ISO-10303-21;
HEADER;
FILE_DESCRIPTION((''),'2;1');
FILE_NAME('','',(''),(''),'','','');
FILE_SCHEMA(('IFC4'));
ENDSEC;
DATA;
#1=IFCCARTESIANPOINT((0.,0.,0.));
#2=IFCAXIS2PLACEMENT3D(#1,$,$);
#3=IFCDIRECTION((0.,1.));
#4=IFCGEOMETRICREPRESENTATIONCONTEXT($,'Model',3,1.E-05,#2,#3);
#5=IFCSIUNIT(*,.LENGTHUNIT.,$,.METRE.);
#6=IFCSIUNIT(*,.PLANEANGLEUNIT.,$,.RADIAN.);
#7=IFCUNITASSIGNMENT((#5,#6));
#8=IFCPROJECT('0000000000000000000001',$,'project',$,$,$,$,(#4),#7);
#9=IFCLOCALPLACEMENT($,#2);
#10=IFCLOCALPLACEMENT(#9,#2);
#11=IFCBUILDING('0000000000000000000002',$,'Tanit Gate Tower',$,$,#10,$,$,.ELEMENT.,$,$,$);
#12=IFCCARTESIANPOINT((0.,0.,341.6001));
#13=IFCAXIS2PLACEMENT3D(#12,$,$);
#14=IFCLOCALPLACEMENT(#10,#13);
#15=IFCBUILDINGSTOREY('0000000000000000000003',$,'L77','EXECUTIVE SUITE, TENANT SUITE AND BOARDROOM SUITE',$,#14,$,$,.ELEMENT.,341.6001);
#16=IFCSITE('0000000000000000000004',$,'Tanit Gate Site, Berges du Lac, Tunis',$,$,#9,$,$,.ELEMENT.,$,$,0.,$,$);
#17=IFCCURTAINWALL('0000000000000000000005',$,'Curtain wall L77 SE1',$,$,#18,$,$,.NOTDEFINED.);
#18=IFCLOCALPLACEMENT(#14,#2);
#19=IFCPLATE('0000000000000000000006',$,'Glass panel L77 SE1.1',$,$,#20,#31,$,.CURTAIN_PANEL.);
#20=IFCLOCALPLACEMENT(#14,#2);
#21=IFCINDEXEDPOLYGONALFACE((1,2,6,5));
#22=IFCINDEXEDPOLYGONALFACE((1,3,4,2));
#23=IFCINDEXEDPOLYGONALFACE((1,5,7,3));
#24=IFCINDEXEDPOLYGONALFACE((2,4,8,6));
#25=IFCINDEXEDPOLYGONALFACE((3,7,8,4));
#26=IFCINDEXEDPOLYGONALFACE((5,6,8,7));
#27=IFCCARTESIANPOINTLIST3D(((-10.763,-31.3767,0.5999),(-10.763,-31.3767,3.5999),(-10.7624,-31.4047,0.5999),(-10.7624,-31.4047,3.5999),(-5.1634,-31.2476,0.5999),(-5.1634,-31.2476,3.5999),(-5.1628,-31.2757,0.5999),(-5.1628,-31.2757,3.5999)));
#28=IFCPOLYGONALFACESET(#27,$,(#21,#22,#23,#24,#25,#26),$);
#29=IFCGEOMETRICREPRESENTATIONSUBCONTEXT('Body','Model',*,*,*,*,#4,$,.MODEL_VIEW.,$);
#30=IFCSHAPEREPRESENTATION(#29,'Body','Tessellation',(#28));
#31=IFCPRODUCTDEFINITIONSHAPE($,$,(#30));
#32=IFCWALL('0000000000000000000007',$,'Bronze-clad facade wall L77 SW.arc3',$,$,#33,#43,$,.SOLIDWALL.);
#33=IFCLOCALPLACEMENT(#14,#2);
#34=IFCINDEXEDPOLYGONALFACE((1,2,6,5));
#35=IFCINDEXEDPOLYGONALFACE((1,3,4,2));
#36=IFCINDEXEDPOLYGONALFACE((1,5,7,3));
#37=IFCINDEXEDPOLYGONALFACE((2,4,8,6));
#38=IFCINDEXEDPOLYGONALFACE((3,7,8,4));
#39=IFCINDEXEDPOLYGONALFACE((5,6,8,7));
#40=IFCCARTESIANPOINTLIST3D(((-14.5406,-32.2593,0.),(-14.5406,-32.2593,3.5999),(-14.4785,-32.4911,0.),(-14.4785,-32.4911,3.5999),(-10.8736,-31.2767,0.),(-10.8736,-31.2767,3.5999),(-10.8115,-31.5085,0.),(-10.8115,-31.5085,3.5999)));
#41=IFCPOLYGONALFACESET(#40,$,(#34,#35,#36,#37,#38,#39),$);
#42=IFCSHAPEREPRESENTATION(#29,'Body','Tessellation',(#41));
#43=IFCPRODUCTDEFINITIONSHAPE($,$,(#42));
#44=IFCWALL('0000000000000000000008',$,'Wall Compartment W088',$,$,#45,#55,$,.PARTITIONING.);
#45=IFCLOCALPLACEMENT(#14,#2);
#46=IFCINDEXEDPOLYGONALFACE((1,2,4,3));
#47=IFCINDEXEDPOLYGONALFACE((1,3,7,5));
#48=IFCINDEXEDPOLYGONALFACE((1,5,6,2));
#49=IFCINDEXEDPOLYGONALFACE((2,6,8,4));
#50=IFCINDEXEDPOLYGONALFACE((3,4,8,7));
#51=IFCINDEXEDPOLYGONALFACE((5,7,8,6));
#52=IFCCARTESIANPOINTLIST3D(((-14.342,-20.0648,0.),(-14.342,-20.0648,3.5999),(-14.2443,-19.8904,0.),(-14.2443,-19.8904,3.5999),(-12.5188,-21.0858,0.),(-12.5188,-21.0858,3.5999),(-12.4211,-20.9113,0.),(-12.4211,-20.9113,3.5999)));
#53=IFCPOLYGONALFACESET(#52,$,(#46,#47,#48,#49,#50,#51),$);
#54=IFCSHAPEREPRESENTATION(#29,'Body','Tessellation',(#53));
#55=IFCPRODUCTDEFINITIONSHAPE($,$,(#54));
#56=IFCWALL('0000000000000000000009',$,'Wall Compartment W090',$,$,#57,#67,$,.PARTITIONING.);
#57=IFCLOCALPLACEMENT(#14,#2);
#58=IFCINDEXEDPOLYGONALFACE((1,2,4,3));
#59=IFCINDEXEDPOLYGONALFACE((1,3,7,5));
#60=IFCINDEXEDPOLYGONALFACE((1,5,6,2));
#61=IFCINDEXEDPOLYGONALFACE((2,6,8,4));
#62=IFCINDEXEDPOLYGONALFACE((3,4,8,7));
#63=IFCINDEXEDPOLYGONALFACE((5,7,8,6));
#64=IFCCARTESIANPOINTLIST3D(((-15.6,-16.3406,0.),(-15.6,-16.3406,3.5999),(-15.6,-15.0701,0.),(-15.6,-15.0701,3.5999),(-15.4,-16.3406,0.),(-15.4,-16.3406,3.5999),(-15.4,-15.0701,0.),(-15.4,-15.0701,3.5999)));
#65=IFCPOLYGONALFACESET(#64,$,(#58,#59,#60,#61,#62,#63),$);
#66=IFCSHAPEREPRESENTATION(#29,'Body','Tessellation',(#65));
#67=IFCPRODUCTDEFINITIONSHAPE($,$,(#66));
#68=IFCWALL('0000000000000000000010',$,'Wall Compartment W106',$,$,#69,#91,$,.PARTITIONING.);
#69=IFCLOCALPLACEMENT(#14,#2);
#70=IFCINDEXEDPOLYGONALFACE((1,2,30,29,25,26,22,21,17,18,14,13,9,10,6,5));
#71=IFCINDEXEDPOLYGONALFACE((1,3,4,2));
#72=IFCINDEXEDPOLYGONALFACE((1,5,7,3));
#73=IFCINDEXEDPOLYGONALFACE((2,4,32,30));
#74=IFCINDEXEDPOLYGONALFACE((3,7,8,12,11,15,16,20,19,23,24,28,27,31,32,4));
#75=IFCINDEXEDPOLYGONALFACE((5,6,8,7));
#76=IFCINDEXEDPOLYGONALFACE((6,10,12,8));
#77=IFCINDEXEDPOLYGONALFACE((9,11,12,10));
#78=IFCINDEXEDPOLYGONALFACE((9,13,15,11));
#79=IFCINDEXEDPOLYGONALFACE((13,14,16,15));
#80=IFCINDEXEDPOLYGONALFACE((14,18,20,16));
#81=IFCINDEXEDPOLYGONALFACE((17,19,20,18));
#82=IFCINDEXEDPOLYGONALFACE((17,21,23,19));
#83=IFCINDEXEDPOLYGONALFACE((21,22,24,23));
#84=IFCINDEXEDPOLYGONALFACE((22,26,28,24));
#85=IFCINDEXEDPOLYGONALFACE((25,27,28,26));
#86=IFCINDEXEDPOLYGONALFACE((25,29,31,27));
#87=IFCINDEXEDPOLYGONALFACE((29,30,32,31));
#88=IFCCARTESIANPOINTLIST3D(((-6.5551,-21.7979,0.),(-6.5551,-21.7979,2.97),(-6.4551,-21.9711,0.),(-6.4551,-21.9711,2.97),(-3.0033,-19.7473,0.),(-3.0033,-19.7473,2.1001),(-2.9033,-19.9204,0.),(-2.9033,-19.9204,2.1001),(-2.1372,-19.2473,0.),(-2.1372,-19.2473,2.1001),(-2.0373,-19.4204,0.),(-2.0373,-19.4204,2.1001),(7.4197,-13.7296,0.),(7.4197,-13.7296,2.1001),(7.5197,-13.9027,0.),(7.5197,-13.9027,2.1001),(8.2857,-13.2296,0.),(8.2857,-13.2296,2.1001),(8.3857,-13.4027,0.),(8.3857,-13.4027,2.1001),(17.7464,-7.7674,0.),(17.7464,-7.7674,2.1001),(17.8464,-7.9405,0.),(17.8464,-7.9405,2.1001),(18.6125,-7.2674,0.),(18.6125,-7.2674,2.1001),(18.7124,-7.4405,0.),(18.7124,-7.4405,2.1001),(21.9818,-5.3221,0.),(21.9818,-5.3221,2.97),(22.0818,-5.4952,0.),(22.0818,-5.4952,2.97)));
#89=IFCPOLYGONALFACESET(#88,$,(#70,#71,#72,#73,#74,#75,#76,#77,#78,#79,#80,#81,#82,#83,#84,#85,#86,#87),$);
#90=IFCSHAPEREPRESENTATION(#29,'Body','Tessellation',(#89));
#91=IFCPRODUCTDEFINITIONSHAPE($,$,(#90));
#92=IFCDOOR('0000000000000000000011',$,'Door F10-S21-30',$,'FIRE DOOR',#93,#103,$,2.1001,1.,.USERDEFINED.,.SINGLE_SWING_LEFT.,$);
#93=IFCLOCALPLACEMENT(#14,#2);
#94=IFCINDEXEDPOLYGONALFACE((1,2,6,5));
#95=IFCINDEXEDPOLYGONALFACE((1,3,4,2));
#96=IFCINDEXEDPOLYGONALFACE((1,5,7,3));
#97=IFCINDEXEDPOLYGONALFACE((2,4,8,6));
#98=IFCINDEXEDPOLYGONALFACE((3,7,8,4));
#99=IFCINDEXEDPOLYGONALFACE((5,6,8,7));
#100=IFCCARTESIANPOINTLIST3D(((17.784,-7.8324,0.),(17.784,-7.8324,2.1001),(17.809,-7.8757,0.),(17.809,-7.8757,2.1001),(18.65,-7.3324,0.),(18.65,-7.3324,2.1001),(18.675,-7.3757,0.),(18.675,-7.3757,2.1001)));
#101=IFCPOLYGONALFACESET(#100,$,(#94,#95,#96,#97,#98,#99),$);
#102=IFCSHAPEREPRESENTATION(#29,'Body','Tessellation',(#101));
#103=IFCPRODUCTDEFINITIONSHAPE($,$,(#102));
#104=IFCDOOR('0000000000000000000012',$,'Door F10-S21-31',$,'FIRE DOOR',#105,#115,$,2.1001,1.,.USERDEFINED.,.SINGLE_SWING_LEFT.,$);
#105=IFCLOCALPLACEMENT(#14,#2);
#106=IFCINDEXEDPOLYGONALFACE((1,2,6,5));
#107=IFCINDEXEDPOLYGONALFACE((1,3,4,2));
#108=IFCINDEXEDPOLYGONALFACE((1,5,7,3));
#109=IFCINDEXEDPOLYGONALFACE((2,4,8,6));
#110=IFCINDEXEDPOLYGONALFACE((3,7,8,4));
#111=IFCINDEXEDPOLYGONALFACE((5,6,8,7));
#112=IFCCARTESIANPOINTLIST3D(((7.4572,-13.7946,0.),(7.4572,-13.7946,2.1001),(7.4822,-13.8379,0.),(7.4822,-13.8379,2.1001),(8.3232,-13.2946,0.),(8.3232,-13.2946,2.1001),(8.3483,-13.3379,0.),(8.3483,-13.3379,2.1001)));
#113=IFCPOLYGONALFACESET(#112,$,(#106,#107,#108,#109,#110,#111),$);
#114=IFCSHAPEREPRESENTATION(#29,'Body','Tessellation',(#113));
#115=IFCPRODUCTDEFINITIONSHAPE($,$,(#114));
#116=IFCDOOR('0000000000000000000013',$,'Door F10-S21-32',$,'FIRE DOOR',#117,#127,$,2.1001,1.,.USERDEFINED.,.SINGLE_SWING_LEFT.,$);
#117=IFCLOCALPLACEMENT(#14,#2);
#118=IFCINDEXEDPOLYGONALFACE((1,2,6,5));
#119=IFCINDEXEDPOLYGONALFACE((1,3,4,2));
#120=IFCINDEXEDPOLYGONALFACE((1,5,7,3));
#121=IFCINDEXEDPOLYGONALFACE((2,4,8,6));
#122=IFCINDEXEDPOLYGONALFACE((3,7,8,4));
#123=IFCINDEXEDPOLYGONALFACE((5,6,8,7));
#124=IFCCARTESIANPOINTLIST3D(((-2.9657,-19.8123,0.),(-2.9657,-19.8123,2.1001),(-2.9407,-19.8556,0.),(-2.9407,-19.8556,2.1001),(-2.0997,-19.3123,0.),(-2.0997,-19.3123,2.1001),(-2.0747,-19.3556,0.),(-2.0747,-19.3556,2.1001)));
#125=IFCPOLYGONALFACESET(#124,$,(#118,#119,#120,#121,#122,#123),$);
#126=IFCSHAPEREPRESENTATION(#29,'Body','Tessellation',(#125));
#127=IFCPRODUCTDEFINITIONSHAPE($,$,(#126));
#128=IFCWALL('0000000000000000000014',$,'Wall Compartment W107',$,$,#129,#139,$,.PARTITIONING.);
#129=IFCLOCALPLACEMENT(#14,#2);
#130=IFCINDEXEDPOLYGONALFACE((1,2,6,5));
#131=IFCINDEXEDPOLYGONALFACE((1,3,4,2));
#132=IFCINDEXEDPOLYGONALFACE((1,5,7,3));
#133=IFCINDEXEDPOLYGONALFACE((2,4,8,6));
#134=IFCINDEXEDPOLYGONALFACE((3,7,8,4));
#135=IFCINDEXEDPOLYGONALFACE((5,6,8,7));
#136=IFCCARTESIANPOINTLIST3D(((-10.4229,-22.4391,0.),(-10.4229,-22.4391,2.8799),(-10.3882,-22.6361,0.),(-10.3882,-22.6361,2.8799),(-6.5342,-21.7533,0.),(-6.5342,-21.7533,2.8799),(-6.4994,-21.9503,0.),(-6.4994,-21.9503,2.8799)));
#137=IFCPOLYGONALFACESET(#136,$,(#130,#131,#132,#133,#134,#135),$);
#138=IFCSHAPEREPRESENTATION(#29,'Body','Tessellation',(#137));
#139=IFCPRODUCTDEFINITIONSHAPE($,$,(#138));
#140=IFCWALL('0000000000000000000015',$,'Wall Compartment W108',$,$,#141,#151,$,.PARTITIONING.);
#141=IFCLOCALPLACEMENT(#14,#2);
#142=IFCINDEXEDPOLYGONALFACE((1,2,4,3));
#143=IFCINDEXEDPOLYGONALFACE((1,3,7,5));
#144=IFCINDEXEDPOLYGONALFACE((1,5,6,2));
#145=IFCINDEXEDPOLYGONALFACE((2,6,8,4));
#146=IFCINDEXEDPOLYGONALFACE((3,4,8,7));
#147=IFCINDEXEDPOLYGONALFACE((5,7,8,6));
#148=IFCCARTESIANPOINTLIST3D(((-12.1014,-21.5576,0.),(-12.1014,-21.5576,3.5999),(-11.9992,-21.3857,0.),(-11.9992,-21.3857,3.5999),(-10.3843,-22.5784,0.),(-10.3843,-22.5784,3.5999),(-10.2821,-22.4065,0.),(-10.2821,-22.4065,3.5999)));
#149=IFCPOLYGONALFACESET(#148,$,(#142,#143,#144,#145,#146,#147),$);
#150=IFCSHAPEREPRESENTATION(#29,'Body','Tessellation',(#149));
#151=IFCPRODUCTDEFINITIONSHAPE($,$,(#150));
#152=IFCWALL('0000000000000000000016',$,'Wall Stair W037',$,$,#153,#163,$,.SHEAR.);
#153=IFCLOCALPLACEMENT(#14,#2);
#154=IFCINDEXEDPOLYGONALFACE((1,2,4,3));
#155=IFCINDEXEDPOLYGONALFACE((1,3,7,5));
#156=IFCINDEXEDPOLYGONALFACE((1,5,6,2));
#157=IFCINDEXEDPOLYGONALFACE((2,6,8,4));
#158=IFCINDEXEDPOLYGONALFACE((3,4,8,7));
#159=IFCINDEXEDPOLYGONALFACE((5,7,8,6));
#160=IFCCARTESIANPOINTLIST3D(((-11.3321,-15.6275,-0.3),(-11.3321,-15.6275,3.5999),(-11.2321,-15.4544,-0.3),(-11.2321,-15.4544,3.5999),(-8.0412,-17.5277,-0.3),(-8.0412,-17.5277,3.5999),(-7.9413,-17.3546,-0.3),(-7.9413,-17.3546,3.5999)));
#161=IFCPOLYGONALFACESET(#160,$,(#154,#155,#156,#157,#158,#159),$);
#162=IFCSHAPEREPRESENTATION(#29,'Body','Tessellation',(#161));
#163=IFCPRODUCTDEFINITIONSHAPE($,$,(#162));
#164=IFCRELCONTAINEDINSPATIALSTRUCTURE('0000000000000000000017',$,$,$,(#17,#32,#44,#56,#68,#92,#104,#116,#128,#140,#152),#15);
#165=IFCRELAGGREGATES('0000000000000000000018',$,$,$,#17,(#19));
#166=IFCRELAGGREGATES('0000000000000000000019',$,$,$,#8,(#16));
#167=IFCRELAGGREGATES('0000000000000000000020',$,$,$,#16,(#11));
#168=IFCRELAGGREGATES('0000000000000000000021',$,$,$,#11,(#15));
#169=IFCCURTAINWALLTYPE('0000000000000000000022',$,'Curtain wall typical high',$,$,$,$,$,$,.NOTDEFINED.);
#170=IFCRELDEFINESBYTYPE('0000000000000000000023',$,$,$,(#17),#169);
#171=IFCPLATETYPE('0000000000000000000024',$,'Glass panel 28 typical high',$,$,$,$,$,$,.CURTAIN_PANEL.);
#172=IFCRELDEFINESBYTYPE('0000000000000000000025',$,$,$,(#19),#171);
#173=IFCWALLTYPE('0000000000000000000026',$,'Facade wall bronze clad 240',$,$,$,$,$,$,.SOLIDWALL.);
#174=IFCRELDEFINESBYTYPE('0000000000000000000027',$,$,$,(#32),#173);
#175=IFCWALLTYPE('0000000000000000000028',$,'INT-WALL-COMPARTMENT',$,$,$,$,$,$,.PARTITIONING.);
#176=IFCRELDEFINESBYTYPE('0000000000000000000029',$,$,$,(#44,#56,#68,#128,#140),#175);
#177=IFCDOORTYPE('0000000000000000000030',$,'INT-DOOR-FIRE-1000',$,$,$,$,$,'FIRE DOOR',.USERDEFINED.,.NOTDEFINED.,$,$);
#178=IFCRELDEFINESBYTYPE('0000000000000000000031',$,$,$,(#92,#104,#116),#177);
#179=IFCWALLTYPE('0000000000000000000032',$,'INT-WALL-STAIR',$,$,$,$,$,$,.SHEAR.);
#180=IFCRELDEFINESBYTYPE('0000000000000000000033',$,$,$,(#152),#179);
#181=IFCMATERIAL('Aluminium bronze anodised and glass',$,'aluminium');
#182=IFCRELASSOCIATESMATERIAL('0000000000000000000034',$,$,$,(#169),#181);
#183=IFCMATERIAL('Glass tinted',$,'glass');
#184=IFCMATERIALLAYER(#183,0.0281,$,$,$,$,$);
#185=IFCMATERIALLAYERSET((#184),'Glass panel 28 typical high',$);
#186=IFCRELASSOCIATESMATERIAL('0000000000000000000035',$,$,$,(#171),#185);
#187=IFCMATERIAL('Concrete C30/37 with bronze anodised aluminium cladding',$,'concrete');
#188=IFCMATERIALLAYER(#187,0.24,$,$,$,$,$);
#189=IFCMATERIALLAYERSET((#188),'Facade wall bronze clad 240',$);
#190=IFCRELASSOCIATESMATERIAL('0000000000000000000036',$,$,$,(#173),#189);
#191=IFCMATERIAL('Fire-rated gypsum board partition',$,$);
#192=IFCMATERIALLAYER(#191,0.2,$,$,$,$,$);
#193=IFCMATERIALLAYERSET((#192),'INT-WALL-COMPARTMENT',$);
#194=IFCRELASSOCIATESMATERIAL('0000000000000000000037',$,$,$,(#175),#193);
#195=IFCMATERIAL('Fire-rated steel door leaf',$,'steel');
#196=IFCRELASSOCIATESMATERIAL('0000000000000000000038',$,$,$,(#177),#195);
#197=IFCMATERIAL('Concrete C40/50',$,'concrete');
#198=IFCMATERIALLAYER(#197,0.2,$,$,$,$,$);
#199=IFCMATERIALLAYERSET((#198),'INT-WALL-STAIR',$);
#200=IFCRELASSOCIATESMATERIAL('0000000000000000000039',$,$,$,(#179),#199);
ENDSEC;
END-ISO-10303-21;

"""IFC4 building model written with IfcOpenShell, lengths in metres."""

from ifc_helpers import new_model, si_unit, direction, frame, frame_2d, origin, origin_2d, place, context, subcontext, project, spatial, rectangle, extrude, material, layer, layer_set, type_object, element, fill, aggregate, save


model = new_model("IFC4")

# Units and contexts
model_context = context("Model", 3, precision=1e-05, world=origin(), true_north=direction((0.0, 1.0)))
body_context = subcontext(model_context, "Body", "Model", "MODEL_VIEW")
ifc_project = project(units=[si_unit("LENGTHUNIT", "METRE"), si_unit("PLANEANGLEUNIT", "RADIAN")], contexts=[model_context])

# Site, building, storey
site_placement = place(None, origin())
site = spatial("IfcSite", under=ifc_project, at=site_placement, Name="Tanit Gate Site, Berges du Lac, Tunis", CompositionType="ELEMENT", RefElevation=0.0)
building_placement = place(site_placement, origin())
building = spatial("IfcBuilding", under=site, at=building_placement, Name="Tanit Gate Tower", CompositionType="ELEMENT")
storey_placement = place(building_placement, frame((0.0, 0.0, 341.6001)))
storey = spatial("IfcBuildingStorey", under=building, at=storey_placement, Name="L77", Description="EXECUTIVE SUITE, TENANT SUITE AND BOARDROOM SUITE", CompositionType="ELEMENT", Elevation=341.6001)

# Curtain wall
ifc_material_1 = material(Name="Aluminium bronze anodised and glass", Category="aluminium")
curtain_wall_type = type_object("IfcCurtainWallType", Name="Curtain wall typical high", PredefinedType="NOTDEFINED", material=ifc_material_1)
curtain_wall_placement = place(storey_placement, origin())
curtain_wall = element("IfcCurtainWall", 1, at=curtain_wall_placement, inside=storey, type_object=curtain_wall_type, Name="Curtain wall L77 SE1", PredefinedType="NOTDEFINED")

# Plate
ifc_material_2 = material(Name="Glass tinted", Category="glass")
ifc_layer_1 = layer(ifc_material_2, 0.0281)
ifc_layer_set_1 = layer_set([ifc_layer_1], Name="Glass panel 28 typical high")
plate_type = type_object("IfcPlateType", Name="Glass panel 28 typical high", PredefinedType="CURTAIN_PANEL", material=ifc_layer_set_1)
plate_placement = place(storey_placement, frame((-7.9629, -31.3262, 0.5999), z_axis=(0.0, 0.0, 1.0), x_axis=(0.999735, 0.02304, 0.0)))
plate = element("IfcPlate", 2, at=plate_placement, type_object=plate_type, Name="Glass panel L77 SE1.1", PredefinedType="CURTAIN_PANEL", context=body_context, shape_type="SweptSolid", body=[
    extrude(rectangle(XDim=5.6011, YDim=0.0281, at=origin_2d()), origin(), (0.0, 0.0, 1.0), 3.0),
])
aggregate(curtain_wall, [plate])

# Walls
ifc_material_3 = material(Name="Concrete C30/37 with bronze anodised aluminium cladding", Category="concrete")
ifc_layer_2 = layer(ifc_material_3, 0.24)
ifc_layer_set_2 = layer_set([ifc_layer_2], Name="Facade wall bronze clad 240")
wall_type_1 = type_object("IfcWallType", Name="Facade wall bronze clad 240", PredefinedType="SOLIDWALL", material=ifc_layer_set_2)
wall_1_placement = place(storey_placement, frame((-14.5095, -32.3752, 0.0), z_axis=(0.0, 0.0, 1.0), x_axis=(0.965919, 0.258843, 0.0)))
element("IfcWall", 3, at=wall_1_placement, inside=storey, type_object=wall_type_1, Name="Bronze-clad facade wall L77 SW.arc3", PredefinedType="SOLIDWALL", context=body_context, shape_type="SweptSolid", body=[
    extrude(rectangle(XDim=3.7964, YDim=0.24, at=frame_2d((1.8982, 0.0))), origin(), (0.0, 0.0, 1.0), 3.5999),
])
ifc_material_4 = material(Name="Fire-rated gypsum board partition")
ifc_layer_3 = layer(ifc_material_4, 0.2)
ifc_layer_set_3 = layer_set([ifc_layer_3], Name="INT-WALL-COMPARTMENT")
wall_type_2 = type_object("IfcWallType", Name="INT-WALL-COMPARTMENT", PredefinedType="PARTITIONING", material=ifc_layer_set_3)
wall_2_placement = place(storey_placement, frame((-14.2932, -19.9775, 0.0), z_axis=(0.0, 0.0, 1.0), x_axis=(0.87251, -0.488596, 0.0)))
element("IfcWall", 4, at=wall_2_placement, inside=storey, type_object=wall_type_2, Name="Wall Compartment W088", PredefinedType="PARTITIONING", context=body_context, shape_type="SweptSolid", body=[
    extrude(rectangle(XDim=2.0896, YDim=0.2, at=frame_2d((1.0449, 0.0))), origin(), (0.0, 0.0, 1.0), 3.5999),
])
wall_3_placement = place(storey_placement, frame((-15.5, -15.0701, 0.0), z_axis=(0.0, 0.0, 1.0), x_axis=(0.0, -1.0, 0.0)))
element("IfcWall", 5, at=wall_3_placement, inside=storey, type_object=wall_type_2, Name="Wall Compartment W090", PredefinedType="PARTITIONING", context=body_context, shape_type="SweptSolid", body=[
    extrude(rectangle(XDim=1.2705, YDim=0.2, at=frame_2d((0.6353, 0.0))), origin(), (0.0, 0.0, 1.0), 3.5999),
])

# Wall, openings, doors
wall_4_placement = place(storey_placement, frame((-6.5051, -21.8845, 0.0), z_axis=(0.0, 0.0, 1.0), x_axis=(0.866025, 0.500001, 0.0)))
wall_4 = element("IfcWall", 6, at=wall_4_placement, inside=storey, type_object=wall_type_2, Name="Wall Compartment W106", PredefinedType="PARTITIONING", context=body_context, shape_type="SweptSolid", body=[
    extrude(rectangle(XDim=32.9517, YDim=0.2, at=frame_2d((16.4758, 0.0))), origin(), (0.0, 0.0, 1.0), 2.97),
])
opening_1_placement = place(wall_4_placement, frame((28.061, 0.0, 0.0)))
opening_1 = element("IfcOpeningElement", 7, at=opening_1_placement, cuts=wall_4, PredefinedType="OPENING", context=body_context, shape_type="SweptSolid", body=[
    extrude(rectangle(XDim=1.0, YDim=2.1001, at=frame_2d((0.5, 1.05))), frame((0.0, 0.1099, 0.0), z_axis=(0.0, -1.0, 0.0), x_axis=(1.0, 0.0, 0.0)), (0.0, 0.0, 1.0), 0.22),
])
opening_2_placement = place(wall_4_placement, frame((16.1367, 0.0, 0.0)))
opening_2 = element("IfcOpeningElement", 8, at=opening_2_placement, cuts=wall_4, PredefinedType="OPENING", context=body_context, shape_type="SweptSolid", body=[
    extrude(rectangle(XDim=1.0, YDim=2.1001, at=frame_2d((0.5, 1.05))), frame((0.0, 0.1099, 0.0), z_axis=(0.0, -1.0, 0.0), x_axis=(1.0, 0.0, 0.0)), (0.0, 0.0, 1.0), 0.22),
])
opening_3_placement = place(wall_4_placement, frame((4.1013, 0.0, 0.0)))
opening_3 = element("IfcOpeningElement", 9, at=opening_3_placement, cuts=wall_4, PredefinedType="OPENING", context=body_context, shape_type="SweptSolid", body=[
    extrude(rectangle(XDim=1.0, YDim=2.1001, at=frame_2d((0.5, 1.05))), frame((0.0, 0.1099, 0.0), z_axis=(0.0, -1.0, 0.0), x_axis=(1.0, 0.0, 0.0)), (0.0, 0.0, 1.0), 0.22),
])
ifc_material_5 = material(Name="Fire-rated steel door leaf", Category="steel")
door_type_1 = type_object("IfcDoorType", Name="INT-DOOR-FIRE-1000", ElementType="FIRE DOOR", OperationType="NOTDEFINED", PredefinedType="USERDEFINED", material=ifc_material_5)
door_1_placement = place(opening_1_placement, origin())
door_1 = element("IfcDoor", 10, at=door_1_placement, inside=storey, type_object=door_type_1, Name="Door F10-S21-30", ObjectType="FIRE DOOR", OperationType="SINGLE_SWING_LEFT", OverallHeight=2.1001, OverallWidth=1.0, PredefinedType="USERDEFINED", context=body_context, shape_type="SweptSolid", body=[
    extrude(rectangle(XDim=1.0, YDim=2.1001, at=frame_2d((0.5, 1.05))), frame((0.0, 0.0249, 0.0), z_axis=(0.0, -1.0, 0.0), x_axis=(1.0, 0.0, 0.0)), (0.0, 0.0, 1.0), 0.05),
])
fill(opening_1, door_1)
door_2_placement = place(opening_2_placement, origin())
door_2 = element("IfcDoor", 11, at=door_2_placement, inside=storey, type_object=door_type_1, Name="Door F10-S21-31", ObjectType="FIRE DOOR", OperationType="SINGLE_SWING_LEFT", OverallHeight=2.1001, OverallWidth=1.0, PredefinedType="USERDEFINED", context=body_context, shape_type="SweptSolid", body=[
    extrude(rectangle(XDim=1.0, YDim=2.1001, at=frame_2d((0.5, 1.05))), frame((0.0, 0.0249, 0.0), z_axis=(0.0, -1.0, 0.0), x_axis=(1.0, 0.0, 0.0)), (0.0, 0.0, 1.0), 0.05),
])
fill(opening_2, door_2)
door_3_placement = place(opening_3_placement, origin())
door_3 = element("IfcDoor", 12, at=door_3_placement, inside=storey, type_object=door_type_1, Name="Door F10-S21-32", ObjectType="FIRE DOOR", OperationType="SINGLE_SWING_LEFT", OverallHeight=2.1001, OverallWidth=1.0, PredefinedType="USERDEFINED", context=body_context, shape_type="SweptSolid", body=[
    extrude(rectangle(XDim=1.0, YDim=2.1001, at=frame_2d((0.5, 1.05))), frame((0.0, 0.0249, 0.0), z_axis=(0.0, -1.0, 0.0), x_axis=(1.0, 0.0, 0.0)), (0.0, 0.0, 1.0), 0.05),
])
fill(opening_3, door_3)

# Walls
wall_5_placement = place(storey_placement, frame((-10.4055, -22.5376, 0.0), z_axis=(0.0, 0.0, 1.0), x_axis=(0.984803, 0.173676, 0.0)))
element("IfcWall", 13, at=wall_5_placement, inside=storey, type_object=wall_type_2, Name="Wall Compartment W107", PredefinedType="PARTITIONING", context=body_context, shape_type="SweptSolid", body=[
    extrude(rectangle(XDim=3.9487, YDim=0.2, at=frame_2d((1.9744, 0.0))), origin(), (0.0, 0.0, 1.0), 2.8799),
])
wall_6_placement = place(storey_placement, frame((-12.0503, -21.4717, 0.0), z_axis=(0.0, 0.0, 1.0), x_axis=(0.859578, -0.511005, 0.0)))
element("IfcWall", 14, at=wall_6_placement, inside=storey, type_object=wall_type_2, Name="Wall Compartment W108", PredefinedType="PARTITIONING", context=body_context, shape_type="SweptSolid", body=[
    extrude(rectangle(XDim=1.9976, YDim=0.2, at=frame_2d((0.9988, 0.0))), origin(), (0.0, 0.0, 1.0), 3.5999),
])
ifc_material_6 = material(Name="Concrete C40/50", Category="concrete")
ifc_layer_4 = layer(ifc_material_6, 0.2)
ifc_layer_set_4 = layer_set([ifc_layer_4], Name="INT-WALL-STAIR")
wall_type_3 = type_object("IfcWallType", Name="INT-WALL-STAIR", PredefinedType="SHEAR", material=ifc_layer_set_4)
wall_7_placement = place(storey_placement, frame((-11.282, -15.541, -0.3), z_axis=(0.0, 0.0, 1.0), x_axis=(0.866, -0.500043, 0.0)))
element("IfcWall", 15, at=wall_7_placement, inside=storey, type_object=wall_type_3, Name="Wall Stair W037", PredefinedType="SHEAR", context=body_context, shape_type="SweptSolid", body=[
    extrude(rectangle(XDim=3.8, YDim=0.2, at=frame_2d((1.8999, 0.0))), origin(), (0.0, 0.0, 1.0), 3.8999),
])

save(model, "model.ifc")
